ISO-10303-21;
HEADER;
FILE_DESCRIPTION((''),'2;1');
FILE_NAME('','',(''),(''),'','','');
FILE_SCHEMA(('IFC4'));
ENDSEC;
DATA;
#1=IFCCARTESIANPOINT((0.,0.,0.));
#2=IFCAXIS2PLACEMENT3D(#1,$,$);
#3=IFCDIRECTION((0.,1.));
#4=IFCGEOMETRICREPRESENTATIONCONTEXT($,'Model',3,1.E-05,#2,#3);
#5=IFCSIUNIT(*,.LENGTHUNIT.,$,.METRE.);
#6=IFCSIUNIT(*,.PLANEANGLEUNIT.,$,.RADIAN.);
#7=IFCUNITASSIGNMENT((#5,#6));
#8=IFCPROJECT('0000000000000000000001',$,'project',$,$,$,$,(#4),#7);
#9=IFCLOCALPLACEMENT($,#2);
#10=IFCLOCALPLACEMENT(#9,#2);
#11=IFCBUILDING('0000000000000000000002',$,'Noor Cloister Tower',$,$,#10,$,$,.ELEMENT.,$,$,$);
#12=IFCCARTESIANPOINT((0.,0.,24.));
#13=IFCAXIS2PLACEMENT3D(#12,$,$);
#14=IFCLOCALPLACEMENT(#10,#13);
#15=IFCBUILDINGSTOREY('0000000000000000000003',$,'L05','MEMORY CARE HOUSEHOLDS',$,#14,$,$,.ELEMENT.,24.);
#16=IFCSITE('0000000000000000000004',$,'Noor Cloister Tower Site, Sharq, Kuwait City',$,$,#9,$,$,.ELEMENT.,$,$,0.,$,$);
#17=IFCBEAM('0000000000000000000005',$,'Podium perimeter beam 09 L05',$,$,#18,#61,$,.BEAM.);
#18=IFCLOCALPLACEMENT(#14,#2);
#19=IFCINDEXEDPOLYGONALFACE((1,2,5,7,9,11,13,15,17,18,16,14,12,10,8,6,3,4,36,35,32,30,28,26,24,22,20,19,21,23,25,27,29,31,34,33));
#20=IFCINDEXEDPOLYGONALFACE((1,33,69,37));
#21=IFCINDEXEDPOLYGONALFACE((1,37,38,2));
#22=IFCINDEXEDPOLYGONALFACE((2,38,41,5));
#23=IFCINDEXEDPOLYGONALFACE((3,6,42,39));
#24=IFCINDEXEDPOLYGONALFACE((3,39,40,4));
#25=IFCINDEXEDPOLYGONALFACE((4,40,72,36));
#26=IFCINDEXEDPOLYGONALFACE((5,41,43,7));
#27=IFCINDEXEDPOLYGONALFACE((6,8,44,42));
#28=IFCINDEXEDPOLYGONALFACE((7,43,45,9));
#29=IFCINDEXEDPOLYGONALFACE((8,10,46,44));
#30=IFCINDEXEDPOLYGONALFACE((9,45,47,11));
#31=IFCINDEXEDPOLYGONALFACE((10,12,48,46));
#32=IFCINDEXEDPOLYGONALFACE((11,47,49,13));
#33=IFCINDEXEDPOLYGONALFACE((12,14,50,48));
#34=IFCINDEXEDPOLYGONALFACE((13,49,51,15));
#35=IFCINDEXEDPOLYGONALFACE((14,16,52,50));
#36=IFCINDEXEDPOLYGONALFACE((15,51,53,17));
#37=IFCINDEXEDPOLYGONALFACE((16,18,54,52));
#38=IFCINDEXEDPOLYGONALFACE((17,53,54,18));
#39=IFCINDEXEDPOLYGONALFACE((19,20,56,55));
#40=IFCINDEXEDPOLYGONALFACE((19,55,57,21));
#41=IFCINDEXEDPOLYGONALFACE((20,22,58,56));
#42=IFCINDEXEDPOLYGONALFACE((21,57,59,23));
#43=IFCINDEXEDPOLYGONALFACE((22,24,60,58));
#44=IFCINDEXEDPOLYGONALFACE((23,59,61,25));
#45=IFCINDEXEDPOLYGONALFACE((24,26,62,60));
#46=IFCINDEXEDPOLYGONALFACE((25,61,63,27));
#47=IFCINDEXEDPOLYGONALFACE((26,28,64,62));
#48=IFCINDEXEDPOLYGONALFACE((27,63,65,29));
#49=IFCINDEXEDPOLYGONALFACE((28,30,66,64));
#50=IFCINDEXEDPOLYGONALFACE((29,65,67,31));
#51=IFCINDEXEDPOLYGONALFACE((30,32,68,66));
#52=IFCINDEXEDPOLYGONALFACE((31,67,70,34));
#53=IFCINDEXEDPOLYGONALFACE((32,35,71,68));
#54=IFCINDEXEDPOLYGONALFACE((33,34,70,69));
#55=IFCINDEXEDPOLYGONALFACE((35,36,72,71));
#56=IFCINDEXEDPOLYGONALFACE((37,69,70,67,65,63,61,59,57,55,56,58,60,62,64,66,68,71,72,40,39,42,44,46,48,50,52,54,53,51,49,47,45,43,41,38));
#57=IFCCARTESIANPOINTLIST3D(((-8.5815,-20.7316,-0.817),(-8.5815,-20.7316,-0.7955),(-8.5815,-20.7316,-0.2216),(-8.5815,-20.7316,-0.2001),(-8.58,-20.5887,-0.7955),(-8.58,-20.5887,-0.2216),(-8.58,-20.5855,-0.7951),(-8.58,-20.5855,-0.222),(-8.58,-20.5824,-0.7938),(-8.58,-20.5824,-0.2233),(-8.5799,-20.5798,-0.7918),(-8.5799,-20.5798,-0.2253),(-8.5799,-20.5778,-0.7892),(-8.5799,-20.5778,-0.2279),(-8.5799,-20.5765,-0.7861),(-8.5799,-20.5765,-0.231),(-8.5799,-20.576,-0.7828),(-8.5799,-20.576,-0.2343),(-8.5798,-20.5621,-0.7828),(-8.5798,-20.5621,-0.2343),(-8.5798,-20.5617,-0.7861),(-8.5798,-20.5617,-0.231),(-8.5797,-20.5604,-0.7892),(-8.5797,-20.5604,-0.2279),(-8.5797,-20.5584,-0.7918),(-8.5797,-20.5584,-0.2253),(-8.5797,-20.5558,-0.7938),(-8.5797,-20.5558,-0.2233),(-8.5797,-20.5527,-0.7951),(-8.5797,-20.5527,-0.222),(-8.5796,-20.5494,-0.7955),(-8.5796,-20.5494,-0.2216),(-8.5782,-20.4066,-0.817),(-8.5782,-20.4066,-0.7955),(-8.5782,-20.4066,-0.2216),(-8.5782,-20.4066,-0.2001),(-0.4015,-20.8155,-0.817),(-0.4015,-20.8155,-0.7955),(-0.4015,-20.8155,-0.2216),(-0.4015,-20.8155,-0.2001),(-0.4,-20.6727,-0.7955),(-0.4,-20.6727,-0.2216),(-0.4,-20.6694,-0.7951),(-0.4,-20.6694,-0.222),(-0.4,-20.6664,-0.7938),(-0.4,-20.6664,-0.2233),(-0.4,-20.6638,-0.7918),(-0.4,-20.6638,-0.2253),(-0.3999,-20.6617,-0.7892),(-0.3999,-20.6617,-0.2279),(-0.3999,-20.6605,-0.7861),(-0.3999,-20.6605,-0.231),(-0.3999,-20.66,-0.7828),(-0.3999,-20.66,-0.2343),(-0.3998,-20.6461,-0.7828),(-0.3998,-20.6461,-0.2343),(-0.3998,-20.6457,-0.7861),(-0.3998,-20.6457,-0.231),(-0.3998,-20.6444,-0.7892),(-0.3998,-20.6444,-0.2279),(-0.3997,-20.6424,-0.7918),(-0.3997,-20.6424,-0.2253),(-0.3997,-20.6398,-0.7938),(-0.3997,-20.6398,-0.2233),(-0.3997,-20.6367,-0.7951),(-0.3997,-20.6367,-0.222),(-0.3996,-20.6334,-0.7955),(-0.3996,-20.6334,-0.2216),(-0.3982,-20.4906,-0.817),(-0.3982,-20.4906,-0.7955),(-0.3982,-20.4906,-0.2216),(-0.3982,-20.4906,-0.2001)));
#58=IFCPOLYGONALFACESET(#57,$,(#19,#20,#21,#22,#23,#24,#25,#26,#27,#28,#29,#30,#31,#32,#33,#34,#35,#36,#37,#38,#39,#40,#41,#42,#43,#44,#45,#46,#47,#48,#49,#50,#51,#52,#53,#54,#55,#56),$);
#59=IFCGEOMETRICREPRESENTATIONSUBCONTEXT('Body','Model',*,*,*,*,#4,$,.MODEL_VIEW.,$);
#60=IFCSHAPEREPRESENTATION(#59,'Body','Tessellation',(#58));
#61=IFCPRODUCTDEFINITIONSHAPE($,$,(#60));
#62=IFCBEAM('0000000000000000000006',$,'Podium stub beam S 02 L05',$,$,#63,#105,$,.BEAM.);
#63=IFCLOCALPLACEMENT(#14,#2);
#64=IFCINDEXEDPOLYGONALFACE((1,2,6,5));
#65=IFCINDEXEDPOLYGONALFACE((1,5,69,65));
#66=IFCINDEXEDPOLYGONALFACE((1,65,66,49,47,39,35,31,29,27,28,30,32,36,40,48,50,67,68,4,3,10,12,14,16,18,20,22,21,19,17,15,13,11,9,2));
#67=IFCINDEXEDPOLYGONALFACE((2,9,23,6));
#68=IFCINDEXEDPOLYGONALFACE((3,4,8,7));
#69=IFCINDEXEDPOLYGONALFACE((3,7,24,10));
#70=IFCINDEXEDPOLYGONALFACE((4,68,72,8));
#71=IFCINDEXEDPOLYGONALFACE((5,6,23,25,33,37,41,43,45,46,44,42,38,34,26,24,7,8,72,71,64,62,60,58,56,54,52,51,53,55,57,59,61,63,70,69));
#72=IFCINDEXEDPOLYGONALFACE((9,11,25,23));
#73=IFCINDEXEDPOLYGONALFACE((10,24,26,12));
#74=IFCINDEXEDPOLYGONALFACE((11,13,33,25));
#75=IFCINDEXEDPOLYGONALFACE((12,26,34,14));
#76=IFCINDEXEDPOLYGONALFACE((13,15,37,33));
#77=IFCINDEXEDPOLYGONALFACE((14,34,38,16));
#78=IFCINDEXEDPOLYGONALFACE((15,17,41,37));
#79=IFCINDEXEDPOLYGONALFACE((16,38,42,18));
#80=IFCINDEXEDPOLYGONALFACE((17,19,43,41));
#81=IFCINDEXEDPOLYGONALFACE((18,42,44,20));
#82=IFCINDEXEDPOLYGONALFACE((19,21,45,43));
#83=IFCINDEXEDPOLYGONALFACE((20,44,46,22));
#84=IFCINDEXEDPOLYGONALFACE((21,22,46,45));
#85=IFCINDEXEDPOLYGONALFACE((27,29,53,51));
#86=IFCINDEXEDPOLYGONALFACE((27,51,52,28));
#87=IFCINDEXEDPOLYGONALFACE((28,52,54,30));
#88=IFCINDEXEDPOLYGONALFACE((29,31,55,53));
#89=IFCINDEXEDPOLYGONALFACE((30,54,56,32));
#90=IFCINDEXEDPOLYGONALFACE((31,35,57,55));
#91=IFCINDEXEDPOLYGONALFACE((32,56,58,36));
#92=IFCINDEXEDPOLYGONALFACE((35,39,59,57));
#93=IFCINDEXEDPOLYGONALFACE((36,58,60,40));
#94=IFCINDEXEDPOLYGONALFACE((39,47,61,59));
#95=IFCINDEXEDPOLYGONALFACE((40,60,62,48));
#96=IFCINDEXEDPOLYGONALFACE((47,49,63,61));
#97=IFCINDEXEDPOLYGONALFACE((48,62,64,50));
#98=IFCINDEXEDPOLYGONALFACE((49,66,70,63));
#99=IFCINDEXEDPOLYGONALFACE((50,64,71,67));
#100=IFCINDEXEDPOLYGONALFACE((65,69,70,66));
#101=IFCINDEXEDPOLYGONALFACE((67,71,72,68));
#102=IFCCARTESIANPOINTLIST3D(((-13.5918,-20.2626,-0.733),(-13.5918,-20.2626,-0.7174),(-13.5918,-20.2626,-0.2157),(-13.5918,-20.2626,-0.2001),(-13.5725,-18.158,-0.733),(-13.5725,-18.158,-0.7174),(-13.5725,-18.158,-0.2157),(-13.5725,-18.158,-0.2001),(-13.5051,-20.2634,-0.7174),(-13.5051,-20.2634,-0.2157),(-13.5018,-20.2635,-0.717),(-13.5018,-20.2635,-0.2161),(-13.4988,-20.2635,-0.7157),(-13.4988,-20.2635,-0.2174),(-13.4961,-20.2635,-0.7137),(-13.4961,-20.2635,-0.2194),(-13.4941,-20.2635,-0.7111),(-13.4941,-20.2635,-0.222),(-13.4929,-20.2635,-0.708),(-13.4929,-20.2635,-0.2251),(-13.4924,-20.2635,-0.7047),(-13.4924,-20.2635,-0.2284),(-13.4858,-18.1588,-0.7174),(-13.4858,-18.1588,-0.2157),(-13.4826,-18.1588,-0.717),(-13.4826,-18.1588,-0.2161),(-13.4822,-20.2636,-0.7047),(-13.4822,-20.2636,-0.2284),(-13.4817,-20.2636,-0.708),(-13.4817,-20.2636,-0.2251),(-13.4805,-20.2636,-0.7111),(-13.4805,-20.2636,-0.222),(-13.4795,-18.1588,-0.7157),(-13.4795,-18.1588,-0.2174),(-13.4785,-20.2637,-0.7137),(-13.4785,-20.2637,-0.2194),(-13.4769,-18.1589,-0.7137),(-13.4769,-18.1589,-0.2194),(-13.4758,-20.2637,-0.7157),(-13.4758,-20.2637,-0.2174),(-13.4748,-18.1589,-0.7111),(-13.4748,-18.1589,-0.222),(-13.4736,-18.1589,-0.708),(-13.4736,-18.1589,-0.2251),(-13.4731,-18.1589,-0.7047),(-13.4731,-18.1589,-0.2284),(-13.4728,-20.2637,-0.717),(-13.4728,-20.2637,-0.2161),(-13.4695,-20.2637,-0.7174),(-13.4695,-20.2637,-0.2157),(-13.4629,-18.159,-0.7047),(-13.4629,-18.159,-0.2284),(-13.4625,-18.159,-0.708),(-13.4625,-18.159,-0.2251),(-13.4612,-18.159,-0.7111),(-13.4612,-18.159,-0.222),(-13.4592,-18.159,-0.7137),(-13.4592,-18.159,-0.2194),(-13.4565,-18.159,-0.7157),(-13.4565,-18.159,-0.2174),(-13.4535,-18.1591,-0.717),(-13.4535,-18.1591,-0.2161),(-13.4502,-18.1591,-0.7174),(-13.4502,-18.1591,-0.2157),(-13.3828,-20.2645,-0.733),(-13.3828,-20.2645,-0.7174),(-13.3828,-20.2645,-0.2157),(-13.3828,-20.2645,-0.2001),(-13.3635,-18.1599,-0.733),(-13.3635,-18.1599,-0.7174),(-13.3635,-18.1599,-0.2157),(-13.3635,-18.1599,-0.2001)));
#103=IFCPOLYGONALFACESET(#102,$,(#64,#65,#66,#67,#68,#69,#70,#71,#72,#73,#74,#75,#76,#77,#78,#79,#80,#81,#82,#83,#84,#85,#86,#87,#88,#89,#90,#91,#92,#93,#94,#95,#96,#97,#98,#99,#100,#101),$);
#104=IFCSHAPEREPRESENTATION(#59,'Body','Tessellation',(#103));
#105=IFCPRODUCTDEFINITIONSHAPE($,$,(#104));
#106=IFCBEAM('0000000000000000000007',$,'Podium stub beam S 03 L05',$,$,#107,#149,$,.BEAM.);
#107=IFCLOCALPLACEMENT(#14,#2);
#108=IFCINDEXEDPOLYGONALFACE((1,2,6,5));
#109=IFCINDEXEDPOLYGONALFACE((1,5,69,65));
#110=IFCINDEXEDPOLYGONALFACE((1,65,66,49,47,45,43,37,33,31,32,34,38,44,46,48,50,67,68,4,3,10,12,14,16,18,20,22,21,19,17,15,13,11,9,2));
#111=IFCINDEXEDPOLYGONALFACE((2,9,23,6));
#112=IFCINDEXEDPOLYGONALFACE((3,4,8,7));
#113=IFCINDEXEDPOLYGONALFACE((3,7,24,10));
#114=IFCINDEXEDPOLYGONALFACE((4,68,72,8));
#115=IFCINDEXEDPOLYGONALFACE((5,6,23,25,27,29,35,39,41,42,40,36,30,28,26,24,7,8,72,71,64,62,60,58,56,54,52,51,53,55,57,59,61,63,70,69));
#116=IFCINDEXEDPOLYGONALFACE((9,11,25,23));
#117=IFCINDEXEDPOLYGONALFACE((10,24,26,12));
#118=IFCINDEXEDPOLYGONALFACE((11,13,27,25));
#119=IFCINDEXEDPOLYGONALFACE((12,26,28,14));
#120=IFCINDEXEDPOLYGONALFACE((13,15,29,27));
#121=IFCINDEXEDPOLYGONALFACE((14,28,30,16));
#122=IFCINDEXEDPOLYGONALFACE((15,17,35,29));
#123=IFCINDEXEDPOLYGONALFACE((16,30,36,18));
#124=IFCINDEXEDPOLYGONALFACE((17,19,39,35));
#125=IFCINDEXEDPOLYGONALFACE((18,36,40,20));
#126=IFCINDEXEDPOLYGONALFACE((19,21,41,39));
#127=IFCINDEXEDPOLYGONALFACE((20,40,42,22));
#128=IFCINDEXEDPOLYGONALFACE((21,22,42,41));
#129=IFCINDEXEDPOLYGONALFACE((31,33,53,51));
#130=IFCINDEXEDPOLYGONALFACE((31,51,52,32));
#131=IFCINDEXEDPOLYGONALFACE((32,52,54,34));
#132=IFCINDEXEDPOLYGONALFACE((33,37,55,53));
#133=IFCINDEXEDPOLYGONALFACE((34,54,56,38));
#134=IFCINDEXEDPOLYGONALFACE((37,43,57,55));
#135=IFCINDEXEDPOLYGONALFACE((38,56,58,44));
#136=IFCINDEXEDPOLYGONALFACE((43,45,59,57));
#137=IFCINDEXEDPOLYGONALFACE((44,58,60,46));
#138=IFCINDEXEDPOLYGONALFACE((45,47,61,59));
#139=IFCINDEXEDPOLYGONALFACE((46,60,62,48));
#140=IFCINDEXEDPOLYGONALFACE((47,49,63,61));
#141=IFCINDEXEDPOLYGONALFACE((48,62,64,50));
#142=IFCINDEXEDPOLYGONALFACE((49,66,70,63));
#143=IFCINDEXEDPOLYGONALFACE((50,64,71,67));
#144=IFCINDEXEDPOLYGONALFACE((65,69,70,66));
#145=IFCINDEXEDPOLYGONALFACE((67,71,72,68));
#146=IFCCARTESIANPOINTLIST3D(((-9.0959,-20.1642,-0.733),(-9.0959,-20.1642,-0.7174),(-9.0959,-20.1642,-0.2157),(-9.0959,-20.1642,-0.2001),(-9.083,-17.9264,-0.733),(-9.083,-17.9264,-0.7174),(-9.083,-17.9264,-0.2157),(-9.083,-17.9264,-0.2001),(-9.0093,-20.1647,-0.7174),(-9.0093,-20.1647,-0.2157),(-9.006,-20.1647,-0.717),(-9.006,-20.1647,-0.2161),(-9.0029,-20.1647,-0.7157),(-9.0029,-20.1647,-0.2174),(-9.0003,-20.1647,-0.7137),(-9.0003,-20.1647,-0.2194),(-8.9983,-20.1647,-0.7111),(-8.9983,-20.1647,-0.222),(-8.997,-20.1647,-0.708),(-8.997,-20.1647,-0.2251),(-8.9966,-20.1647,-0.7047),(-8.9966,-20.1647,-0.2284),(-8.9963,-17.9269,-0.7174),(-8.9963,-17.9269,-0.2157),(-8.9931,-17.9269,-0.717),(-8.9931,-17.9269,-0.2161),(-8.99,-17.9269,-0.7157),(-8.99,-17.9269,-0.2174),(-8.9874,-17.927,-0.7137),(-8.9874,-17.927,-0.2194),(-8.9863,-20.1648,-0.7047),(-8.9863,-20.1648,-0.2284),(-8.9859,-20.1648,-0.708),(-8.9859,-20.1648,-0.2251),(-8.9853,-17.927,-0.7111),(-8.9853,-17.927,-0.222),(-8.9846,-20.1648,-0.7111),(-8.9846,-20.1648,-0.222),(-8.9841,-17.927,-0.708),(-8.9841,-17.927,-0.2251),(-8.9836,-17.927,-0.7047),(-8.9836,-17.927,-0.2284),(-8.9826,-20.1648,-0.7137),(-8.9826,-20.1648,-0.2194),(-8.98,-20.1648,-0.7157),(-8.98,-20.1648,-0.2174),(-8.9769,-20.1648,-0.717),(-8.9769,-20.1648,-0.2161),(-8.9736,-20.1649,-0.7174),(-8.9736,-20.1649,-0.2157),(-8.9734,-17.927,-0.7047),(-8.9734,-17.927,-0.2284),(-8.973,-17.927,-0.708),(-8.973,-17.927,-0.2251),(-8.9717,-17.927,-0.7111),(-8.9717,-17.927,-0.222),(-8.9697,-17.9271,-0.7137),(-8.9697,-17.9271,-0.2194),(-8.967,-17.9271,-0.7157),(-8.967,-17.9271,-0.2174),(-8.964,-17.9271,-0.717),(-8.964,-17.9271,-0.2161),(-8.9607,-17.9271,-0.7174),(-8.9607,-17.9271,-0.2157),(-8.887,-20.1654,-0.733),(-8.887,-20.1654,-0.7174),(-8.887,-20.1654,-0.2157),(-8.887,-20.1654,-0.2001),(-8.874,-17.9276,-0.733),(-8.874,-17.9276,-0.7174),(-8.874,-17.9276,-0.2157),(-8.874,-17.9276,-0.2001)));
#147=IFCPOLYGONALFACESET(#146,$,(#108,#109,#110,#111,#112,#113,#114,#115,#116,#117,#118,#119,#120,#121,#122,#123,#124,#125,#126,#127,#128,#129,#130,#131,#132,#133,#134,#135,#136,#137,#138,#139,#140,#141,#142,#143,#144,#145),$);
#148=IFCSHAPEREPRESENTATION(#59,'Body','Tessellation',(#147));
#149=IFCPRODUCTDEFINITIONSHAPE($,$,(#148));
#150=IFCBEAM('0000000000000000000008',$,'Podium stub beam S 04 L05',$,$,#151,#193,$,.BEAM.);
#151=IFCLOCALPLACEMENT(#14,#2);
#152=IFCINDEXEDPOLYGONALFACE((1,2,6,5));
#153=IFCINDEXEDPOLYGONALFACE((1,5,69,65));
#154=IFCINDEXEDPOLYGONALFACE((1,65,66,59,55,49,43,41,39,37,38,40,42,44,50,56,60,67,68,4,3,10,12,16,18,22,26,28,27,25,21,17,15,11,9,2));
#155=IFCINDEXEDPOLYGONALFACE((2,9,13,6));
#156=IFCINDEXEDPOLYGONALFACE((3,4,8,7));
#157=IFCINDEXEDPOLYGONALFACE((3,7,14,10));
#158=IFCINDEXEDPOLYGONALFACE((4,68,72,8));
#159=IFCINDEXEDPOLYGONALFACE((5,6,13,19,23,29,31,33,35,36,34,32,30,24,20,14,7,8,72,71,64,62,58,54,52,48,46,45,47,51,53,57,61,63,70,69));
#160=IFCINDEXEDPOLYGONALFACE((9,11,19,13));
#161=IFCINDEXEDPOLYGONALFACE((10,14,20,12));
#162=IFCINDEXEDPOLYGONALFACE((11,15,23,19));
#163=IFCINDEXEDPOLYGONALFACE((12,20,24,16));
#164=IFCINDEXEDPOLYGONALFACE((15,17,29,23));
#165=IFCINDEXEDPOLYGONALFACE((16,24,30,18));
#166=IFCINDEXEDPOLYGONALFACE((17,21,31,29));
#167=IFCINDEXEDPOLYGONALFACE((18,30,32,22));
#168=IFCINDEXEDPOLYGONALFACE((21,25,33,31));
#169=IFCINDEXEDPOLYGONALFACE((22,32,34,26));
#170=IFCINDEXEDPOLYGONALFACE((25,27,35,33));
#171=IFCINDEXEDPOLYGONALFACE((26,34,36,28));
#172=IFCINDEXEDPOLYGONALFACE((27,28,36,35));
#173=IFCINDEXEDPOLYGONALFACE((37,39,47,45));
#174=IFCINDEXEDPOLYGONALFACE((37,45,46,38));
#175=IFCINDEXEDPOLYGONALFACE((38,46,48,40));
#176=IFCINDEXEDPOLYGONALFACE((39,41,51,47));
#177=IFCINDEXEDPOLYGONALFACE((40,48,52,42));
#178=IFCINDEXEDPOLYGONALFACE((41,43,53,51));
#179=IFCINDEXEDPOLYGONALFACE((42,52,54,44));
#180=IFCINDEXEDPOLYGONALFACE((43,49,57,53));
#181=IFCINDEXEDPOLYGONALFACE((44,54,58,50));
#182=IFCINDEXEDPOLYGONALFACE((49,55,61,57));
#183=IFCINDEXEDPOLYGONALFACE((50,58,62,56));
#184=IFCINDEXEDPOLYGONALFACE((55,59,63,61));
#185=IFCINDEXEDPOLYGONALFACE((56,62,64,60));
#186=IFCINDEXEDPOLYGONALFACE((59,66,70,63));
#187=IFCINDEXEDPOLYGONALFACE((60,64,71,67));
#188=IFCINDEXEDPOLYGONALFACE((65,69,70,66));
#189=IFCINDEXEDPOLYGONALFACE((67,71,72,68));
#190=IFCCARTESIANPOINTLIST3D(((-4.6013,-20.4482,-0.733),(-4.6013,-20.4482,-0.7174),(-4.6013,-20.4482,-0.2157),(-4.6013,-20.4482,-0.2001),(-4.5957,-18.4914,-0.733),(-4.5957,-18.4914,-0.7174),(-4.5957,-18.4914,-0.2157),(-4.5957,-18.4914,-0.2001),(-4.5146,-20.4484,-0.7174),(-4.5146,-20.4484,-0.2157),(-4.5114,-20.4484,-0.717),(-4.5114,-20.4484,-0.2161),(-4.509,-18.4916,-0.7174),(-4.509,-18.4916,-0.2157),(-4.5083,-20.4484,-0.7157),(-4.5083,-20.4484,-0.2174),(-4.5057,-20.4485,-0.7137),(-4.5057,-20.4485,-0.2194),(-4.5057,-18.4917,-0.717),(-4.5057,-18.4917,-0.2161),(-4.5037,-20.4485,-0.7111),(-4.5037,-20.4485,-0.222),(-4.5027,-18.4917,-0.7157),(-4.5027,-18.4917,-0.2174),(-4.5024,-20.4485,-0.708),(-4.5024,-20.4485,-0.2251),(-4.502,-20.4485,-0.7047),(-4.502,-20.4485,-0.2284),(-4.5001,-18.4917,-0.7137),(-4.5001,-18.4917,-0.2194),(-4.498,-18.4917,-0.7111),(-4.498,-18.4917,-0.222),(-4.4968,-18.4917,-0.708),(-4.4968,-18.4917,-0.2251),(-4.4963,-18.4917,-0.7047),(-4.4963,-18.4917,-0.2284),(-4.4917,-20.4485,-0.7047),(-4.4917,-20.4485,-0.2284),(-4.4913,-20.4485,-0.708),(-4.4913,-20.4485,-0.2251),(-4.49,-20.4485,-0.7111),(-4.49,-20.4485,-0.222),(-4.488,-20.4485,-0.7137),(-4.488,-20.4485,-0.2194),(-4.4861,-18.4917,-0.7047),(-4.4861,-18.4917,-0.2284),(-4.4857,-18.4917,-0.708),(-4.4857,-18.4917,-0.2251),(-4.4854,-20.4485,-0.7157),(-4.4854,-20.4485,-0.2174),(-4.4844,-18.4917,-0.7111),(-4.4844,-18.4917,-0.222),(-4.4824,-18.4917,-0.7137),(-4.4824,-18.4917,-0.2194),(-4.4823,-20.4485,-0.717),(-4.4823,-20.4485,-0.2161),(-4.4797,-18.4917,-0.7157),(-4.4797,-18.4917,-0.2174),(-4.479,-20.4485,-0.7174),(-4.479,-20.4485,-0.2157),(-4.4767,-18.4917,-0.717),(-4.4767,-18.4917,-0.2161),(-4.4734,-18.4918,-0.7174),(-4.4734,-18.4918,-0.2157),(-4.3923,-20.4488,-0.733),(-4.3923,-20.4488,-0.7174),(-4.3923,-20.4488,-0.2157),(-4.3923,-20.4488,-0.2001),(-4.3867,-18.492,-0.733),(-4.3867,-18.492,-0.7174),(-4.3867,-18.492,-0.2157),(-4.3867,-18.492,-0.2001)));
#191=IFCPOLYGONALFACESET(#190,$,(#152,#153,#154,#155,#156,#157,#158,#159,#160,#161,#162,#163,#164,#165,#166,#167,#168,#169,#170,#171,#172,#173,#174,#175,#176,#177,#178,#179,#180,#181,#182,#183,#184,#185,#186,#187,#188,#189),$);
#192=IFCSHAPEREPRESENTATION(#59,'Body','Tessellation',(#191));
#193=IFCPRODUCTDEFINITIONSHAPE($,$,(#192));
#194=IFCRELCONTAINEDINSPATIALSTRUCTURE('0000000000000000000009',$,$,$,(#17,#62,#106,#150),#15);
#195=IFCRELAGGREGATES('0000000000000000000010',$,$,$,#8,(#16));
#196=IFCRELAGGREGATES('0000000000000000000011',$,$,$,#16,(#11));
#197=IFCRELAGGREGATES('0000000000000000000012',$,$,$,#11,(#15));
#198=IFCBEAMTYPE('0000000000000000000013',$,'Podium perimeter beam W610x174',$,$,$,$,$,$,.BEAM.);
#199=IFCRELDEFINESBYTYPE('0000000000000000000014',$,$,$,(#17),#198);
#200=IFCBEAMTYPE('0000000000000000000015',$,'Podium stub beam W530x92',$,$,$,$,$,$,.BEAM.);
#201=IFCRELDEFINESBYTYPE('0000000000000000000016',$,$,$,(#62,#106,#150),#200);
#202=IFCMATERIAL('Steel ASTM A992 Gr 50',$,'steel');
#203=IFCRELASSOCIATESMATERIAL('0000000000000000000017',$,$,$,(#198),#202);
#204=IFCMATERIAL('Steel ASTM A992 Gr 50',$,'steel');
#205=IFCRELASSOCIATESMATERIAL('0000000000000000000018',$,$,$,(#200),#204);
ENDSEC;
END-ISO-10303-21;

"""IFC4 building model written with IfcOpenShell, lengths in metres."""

from ifc_helpers import new_model, si_unit, direction, frame, origin, origin_2d, place, context, subcontext, project, spatial, i_section, extrude, material, material_profile, profile_set, type_object, element, save


model = new_model("IFC4")

# Units and contexts
model_context = context("Model", 3, precision=1e-05, world=origin(), true_north=direction((0.0, 1.0)))
body_context = subcontext(model_context, "Body", "Model", "MODEL_VIEW")
ifc_project = project(units=[si_unit("LENGTHUNIT", "METRE"), si_unit("PLANEANGLEUNIT", "RADIAN")], contexts=[model_context])

# Site, building, storey
site_placement = place(None, origin())
site = spatial("IfcSite", under=ifc_project, at=site_placement, Name="Noor Cloister Tower Site, Sharq, Kuwait City", CompositionType="ELEMENT", RefElevation=0.0)
building_placement = place(site_placement, origin())
building = spatial("IfcBuilding", under=site, at=building_placement, Name="Noor Cloister Tower", CompositionType="ELEMENT")
storey_placement = place(building_placement, frame((0.0, 0.0, 24.0)))
storey = spatial("IfcBuildingStorey", under=building, at=storey_placement, Name="L05", Description="MEMORY CARE HOUSEHOLDS", CompositionType="ELEMENT", Elevation=24.0)

# Beams
ifc_material_1 = material(Name="Steel ASTM A992 Gr 50", Category="steel")
ifc_material_profile_1 = material_profile(ifc_material_1, i_section(OverallWidth=0.325, OverallDepth=0.6169, WebThickness=0.0139, FlangeThickness=0.0215, FilletRadius=0.0127, at=origin_2d()), Name="W610x174")
ifc_profile_set_1 = profile_set([ifc_material_profile_1], Name="Steel ASTM A992 Gr 50")
beam_type_1 = type_object("IfcBeamType", Name="Podium perimeter beam W610x174", PredefinedType="BEAM", material=ifc_profile_set_1)
beam_1_placement = place(storey_placement, frame((-8.5798, -20.5691, -0.5085), z_axis=(0.999947, -0.010267, 0.0), x_axis=(0.010267, 0.999947, 0.0)))
element("IfcBeam", 1, at=beam_1_placement, inside=storey, type_object=beam_type_1, Name="Podium perimeter beam 09 L05", PredefinedType="BEAM", context=body_context, shape_type="SweptSolid", body=[
    extrude(i_section(OverallWidth=0.325, OverallDepth=0.6169, WebThickness=0.0139, FlangeThickness=0.0215, FilletRadius=0.0127, at=origin_2d()), origin(), (0.0, 0.0, 1.0), 8.1804),
])
ifc_material_2 = material(Name="Steel ASTM A992 Gr 50", Category="steel")
ifc_material_profile_2 = material_profile(ifc_material_2, i_section(OverallWidth=0.209, OverallDepth=0.533, WebThickness=0.0103, FlangeThickness=0.0156, FilletRadius=0.0127, at=origin_2d()), Name="W530x92")
ifc_profile_set_2 = profile_set([ifc_material_profile_2], Name="Steel ASTM A992 Gr 50")
beam_type_2 = type_object("IfcBeamType", Name="Podium stub beam W530x92", PredefinedType="BEAM", material=ifc_profile_set_2)
beam_2_placement = place(storey_placement, frame((-13.468, -18.1589, -0.4666), z_axis=(-0.009163, -0.999958, 0.0), x_axis=(0.999958, -0.009163, 0.0)))
element("IfcBeam", 2, at=beam_2_placement, inside=storey, type_object=beam_type_2, Name="Podium stub beam S 02 L05", PredefinedType="BEAM", context=body_context, shape_type="SweptSolid", body=[
    extrude(i_section(OverallWidth=0.209, OverallDepth=0.533, WebThickness=0.0103, FlangeThickness=0.0156, FilletRadius=0.0127, at=origin_2d()), origin(), (0.0, 0.0, 1.0), 2.1047),
])
beam_3_placement = place(storey_placement, frame((-8.9785, -17.927, -0.4666), z_axis=(-0.005782, -0.999983, 0.0), x_axis=(0.999983, -0.005782, 0.0)))
element("IfcBeam", 3, at=beam_3_placement, inside=storey, type_object=beam_type_2, Name="Podium stub beam S 03 L05", PredefinedType="BEAM", context=body_context, shape_type="SweptSolid", body=[
    extrude(i_section(OverallWidth=0.209, OverallDepth=0.533, WebThickness=0.0103, FlangeThickness=0.0156, FilletRadius=0.0127, at=origin_2d()), origin(), (0.0, 0.0, 1.0), 2.2378),
])
beam_4_placement = place(storey_placement, frame((-4.4912, -18.4917, -0.4666), z_axis=(-0.00287, -0.999996, 0.0), x_axis=(0.999996, -0.00287, 0.0)))
element("IfcBeam", 4, at=beam_4_placement, inside=storey, type_object=beam_type_2, Name="Podium stub beam S 04 L05", PredefinedType="BEAM", context=body_context, shape_type="SweptSolid", body=[
    extrude(i_section(OverallWidth=0.209, OverallDepth=0.533, WebThickness=0.0103, FlangeThickness=0.0156, FilletRadius=0.0127, at=origin_2d()), origin(), (0.0, 0.0, 1.0), 1.9568),
])

save(model, "model.ifc")
